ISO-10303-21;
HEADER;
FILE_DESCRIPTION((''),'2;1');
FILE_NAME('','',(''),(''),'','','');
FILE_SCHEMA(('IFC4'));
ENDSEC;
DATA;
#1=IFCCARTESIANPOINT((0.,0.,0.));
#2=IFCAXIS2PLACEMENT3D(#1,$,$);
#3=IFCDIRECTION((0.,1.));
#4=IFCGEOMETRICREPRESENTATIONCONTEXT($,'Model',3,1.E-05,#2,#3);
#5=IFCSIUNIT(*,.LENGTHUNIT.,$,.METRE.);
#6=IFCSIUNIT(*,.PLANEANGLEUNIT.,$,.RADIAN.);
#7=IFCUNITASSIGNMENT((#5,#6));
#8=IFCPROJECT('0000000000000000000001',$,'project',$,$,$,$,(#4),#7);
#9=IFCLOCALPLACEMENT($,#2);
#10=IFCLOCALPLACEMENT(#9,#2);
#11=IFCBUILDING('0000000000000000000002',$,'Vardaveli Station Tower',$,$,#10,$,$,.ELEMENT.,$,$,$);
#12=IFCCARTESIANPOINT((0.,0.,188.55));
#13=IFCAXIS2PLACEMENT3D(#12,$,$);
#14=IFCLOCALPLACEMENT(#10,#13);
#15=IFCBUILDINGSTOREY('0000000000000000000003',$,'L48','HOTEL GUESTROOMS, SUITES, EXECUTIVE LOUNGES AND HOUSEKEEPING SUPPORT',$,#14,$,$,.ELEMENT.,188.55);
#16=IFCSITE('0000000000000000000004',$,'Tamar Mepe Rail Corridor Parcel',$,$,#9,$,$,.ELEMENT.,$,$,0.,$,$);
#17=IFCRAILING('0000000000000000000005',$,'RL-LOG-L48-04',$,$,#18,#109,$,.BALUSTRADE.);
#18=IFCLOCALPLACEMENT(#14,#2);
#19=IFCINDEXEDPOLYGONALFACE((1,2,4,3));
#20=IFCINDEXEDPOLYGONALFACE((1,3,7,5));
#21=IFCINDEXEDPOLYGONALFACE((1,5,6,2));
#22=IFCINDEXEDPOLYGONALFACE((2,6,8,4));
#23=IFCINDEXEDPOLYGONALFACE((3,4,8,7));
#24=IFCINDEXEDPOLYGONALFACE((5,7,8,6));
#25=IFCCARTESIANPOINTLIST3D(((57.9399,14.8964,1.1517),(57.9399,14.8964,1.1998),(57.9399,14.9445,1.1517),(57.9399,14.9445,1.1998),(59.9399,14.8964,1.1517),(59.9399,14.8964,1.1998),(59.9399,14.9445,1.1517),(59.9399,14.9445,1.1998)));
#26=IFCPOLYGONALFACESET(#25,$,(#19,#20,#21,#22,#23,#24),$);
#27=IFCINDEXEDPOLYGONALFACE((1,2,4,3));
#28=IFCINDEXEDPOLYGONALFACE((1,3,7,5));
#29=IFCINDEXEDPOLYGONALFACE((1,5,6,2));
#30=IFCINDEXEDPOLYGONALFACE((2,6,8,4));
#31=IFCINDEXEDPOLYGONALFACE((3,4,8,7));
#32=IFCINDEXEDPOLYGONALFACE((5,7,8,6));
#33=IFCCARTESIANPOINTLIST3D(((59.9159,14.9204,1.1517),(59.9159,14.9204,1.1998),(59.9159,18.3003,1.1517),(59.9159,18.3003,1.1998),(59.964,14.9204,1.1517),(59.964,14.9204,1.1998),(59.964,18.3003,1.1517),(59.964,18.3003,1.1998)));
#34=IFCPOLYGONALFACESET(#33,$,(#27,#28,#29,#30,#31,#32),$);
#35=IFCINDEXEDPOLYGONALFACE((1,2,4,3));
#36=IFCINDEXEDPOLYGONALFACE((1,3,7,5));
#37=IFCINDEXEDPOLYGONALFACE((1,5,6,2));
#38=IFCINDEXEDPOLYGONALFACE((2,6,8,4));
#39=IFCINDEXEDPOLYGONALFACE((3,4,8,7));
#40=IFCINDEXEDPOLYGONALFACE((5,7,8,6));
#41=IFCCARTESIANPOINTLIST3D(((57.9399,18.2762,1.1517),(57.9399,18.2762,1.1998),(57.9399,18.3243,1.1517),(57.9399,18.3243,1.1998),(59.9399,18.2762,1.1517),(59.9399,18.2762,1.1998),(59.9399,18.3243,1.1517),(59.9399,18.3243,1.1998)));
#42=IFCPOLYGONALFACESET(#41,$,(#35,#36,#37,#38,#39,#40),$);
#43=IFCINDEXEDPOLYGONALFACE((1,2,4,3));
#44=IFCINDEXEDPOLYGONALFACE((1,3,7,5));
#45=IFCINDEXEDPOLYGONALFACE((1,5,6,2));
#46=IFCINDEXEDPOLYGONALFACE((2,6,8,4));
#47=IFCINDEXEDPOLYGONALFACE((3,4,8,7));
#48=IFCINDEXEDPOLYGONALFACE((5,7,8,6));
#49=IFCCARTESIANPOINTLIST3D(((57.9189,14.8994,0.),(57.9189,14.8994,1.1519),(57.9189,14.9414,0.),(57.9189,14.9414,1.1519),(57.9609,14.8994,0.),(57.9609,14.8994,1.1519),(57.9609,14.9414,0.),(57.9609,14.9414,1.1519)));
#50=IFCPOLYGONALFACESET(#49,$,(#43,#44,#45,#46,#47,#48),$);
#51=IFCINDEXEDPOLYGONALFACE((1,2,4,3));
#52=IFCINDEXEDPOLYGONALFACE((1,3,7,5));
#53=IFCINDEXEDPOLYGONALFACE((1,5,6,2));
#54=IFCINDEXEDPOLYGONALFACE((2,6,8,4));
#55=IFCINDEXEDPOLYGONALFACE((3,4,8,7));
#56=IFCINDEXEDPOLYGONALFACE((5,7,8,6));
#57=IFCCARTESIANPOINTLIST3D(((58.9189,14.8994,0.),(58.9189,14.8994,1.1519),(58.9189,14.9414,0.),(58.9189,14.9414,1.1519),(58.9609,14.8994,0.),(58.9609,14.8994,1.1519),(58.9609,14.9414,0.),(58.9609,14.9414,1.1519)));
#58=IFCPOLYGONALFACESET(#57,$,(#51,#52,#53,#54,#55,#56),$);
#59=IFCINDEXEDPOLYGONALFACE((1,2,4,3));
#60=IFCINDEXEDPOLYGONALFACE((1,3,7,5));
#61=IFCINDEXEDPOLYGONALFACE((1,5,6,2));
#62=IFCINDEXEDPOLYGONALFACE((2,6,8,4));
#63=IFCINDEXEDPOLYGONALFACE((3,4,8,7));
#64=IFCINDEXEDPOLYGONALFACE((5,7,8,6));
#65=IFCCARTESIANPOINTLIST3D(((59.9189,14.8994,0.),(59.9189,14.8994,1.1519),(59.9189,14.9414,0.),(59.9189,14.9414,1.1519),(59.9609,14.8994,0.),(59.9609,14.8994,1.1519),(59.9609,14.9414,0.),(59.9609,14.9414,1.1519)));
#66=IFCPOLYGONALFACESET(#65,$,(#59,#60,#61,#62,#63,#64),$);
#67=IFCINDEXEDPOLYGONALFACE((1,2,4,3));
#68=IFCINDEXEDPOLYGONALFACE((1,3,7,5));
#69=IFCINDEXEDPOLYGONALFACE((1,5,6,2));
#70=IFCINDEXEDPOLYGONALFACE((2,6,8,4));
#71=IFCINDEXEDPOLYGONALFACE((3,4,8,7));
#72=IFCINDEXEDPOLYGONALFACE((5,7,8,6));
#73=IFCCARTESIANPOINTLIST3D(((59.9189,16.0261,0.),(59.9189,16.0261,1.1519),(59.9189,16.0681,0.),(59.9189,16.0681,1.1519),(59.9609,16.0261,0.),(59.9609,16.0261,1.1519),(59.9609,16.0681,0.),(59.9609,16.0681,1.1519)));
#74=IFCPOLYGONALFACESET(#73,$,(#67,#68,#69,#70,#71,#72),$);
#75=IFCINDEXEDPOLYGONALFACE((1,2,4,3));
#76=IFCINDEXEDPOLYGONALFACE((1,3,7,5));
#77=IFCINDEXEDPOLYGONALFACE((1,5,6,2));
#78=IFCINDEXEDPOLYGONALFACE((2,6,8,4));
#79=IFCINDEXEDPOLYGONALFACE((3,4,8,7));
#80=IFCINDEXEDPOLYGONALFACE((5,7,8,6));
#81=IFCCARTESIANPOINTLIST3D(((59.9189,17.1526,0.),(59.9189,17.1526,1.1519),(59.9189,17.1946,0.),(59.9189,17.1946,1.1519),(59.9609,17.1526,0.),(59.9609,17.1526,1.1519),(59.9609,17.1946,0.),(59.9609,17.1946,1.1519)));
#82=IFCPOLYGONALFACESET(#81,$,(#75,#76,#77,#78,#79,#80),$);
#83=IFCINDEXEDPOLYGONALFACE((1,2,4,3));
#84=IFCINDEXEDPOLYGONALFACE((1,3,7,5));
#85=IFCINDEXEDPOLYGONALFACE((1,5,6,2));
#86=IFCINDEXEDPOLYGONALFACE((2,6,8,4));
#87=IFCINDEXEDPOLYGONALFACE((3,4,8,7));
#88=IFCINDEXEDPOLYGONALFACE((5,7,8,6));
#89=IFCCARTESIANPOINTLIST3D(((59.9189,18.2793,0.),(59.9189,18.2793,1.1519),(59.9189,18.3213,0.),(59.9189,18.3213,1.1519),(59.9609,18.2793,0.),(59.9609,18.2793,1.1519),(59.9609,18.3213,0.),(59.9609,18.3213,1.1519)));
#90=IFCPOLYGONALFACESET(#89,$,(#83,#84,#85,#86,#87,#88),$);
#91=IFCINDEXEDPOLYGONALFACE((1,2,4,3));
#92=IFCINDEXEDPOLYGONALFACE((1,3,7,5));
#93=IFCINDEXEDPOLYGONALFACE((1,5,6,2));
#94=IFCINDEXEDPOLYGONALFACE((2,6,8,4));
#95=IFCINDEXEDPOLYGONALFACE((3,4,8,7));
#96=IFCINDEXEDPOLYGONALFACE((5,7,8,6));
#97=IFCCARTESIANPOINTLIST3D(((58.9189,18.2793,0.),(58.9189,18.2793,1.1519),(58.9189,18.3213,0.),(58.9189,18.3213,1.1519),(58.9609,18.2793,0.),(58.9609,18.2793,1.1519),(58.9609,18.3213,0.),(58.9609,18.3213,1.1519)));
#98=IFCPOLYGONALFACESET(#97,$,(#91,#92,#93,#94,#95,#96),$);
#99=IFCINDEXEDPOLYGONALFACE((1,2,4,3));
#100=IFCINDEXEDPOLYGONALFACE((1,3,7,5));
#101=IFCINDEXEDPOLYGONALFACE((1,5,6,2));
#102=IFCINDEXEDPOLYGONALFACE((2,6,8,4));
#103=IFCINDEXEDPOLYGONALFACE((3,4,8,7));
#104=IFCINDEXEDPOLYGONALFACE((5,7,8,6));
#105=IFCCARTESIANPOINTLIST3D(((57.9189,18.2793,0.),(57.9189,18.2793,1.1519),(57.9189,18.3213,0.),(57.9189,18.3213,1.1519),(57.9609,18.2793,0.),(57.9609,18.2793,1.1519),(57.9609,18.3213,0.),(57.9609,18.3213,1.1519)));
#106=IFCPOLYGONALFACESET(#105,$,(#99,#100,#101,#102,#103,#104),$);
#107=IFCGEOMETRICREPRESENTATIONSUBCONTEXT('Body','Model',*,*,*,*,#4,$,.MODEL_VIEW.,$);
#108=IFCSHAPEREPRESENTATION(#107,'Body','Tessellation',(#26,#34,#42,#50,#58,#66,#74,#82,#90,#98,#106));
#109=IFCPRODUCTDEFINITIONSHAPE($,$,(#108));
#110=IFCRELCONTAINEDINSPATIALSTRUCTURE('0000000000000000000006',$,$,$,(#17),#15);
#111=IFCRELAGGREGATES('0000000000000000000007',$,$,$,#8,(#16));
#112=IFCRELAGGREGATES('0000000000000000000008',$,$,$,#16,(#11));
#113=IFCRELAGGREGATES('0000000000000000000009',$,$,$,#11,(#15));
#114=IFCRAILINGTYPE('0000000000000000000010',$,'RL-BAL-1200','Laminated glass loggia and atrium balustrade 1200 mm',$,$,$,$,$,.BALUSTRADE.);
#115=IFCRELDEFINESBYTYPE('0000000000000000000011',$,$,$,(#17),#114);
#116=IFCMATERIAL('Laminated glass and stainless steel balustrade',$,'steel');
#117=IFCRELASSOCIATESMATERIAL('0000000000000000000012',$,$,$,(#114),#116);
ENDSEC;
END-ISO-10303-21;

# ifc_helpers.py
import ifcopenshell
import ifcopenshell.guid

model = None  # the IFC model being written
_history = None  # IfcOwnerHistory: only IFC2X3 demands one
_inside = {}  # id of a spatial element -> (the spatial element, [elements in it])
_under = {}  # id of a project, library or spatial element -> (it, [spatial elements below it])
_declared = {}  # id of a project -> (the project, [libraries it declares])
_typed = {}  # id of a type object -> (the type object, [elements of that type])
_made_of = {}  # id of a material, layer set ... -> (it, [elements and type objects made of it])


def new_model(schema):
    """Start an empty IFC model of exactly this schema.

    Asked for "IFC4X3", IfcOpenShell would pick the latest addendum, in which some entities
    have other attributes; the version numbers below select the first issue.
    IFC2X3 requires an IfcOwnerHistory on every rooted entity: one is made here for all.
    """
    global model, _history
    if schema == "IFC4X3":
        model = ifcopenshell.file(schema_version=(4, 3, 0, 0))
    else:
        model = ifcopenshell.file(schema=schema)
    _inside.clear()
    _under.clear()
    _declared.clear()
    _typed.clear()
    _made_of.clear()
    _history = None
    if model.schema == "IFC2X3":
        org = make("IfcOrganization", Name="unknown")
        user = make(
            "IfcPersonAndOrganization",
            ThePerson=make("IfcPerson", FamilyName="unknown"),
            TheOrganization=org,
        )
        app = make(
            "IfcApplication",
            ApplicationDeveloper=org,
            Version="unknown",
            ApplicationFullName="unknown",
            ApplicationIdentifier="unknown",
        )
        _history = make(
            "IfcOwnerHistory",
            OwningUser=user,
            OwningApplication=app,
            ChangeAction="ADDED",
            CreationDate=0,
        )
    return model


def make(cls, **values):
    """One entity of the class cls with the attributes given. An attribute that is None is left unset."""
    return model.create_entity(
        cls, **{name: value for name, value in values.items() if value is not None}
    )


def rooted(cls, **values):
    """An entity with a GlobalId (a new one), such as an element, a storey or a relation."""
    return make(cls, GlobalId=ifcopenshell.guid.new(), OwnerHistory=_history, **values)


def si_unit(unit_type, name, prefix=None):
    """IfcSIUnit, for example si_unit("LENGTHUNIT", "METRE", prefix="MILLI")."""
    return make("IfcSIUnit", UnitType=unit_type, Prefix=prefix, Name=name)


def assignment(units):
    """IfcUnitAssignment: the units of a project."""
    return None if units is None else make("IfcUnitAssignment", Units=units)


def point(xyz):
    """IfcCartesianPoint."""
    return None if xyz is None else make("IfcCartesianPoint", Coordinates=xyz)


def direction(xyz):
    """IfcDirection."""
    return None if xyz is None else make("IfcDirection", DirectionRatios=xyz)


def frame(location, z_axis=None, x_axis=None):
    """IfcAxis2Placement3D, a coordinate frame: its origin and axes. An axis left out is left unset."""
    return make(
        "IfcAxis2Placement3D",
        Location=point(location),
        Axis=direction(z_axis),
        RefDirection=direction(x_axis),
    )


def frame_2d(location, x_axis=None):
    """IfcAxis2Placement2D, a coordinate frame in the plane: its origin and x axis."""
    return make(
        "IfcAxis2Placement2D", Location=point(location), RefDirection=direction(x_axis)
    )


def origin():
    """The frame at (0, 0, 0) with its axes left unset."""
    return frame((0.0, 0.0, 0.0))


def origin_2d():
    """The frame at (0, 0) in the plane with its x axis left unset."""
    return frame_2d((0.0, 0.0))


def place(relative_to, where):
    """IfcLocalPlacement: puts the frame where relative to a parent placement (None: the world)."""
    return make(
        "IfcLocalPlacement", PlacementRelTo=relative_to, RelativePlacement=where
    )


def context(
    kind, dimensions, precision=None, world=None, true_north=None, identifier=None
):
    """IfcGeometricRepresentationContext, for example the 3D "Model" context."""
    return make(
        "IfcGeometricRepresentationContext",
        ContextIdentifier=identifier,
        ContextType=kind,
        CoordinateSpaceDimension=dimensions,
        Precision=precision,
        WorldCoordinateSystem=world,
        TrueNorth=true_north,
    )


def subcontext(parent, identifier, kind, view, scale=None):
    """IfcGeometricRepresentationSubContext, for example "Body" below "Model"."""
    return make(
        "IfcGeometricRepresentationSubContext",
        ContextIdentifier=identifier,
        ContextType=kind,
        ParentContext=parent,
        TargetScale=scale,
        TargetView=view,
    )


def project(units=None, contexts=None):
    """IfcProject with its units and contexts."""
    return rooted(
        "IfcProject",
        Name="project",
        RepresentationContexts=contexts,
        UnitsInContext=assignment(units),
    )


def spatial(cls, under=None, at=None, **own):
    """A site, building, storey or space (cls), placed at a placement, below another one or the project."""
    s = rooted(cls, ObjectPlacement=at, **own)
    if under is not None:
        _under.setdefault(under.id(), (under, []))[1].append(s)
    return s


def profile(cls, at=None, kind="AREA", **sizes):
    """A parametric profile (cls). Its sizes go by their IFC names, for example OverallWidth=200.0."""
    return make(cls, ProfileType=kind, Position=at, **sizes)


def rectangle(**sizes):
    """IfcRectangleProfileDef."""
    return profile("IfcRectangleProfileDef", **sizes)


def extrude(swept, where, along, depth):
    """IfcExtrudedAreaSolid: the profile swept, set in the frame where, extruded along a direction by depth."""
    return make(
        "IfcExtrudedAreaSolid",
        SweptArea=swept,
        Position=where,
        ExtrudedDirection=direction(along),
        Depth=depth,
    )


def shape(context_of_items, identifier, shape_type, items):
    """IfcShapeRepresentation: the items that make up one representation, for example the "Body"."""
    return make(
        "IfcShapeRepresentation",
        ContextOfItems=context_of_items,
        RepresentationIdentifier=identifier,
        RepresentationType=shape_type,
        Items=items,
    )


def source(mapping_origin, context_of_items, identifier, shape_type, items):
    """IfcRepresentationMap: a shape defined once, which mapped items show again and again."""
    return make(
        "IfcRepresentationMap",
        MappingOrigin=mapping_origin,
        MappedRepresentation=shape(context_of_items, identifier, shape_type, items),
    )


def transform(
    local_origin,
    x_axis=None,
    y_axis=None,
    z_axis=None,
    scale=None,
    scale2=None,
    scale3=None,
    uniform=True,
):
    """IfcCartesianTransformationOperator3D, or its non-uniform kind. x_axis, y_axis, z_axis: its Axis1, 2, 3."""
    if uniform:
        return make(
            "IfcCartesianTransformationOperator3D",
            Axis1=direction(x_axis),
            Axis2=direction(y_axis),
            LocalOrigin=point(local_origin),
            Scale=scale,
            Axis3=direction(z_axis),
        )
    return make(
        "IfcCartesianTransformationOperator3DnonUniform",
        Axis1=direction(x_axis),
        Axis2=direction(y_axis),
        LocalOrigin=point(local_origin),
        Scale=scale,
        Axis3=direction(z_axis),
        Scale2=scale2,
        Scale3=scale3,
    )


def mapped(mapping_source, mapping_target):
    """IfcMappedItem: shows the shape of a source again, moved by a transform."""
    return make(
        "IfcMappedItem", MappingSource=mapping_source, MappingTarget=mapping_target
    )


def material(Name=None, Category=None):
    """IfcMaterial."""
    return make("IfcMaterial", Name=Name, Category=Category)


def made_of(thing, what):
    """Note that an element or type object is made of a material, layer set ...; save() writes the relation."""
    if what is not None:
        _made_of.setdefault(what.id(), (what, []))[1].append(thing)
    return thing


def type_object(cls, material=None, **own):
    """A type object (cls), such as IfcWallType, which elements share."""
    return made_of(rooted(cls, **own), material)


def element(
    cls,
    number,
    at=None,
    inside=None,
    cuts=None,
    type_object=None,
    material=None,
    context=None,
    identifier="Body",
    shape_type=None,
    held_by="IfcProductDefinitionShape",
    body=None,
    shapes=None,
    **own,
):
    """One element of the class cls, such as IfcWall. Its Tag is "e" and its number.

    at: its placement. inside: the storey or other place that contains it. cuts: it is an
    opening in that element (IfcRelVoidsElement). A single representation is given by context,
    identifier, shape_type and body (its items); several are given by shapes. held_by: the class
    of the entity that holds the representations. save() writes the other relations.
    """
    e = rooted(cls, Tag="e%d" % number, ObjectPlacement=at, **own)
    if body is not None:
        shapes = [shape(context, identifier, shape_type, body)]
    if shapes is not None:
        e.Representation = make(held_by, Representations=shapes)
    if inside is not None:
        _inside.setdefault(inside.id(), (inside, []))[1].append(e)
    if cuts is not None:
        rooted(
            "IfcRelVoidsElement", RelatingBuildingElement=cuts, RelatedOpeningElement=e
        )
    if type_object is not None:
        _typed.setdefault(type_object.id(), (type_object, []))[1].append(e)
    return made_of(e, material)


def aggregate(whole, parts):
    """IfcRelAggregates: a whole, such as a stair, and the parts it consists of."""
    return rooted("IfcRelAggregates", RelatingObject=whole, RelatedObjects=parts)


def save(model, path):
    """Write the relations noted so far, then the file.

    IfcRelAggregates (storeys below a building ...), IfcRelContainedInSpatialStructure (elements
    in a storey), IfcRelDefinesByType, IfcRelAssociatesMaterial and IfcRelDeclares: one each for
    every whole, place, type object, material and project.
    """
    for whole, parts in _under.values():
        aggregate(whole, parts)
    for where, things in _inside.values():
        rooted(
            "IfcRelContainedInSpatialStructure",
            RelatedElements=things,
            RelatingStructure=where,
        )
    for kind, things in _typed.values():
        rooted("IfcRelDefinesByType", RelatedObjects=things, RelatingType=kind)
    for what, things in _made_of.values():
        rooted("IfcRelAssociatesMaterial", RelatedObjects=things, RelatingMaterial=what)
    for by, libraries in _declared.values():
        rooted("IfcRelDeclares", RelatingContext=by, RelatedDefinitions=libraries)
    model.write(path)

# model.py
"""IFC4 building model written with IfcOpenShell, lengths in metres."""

from ifc_helpers import new_model, si_unit, direction, frame, origin, origin_2d, place, context, subcontext, project, spatial, rectangle, extrude, source, transform, mapped, material, type_object, element, save


model = new_model("IFC4")

# Units and contexts
model_context = context("Model", 3, precision=1e-05, world=origin(), true_north=direction((0.0, 1.0)))
body_context = subcontext(model_context, "Body", "Model", "MODEL_VIEW")
ifc_project = project(units=[si_unit("LENGTHUNIT", "METRE"), si_unit("PLANEANGLEUNIT", "RADIAN")], contexts=[model_context])

# Site, building, storey
site_placement = place(None, origin())
site = spatial("IfcSite", under=ifc_project, at=site_placement, Name="Tamar Mepe Rail Corridor Parcel", CompositionType="ELEMENT", RefElevation=0.0)
building_placement = place(site_placement, origin())
building = spatial("IfcBuilding", under=site, at=building_placement, Name="Vardaveli Station Tower", CompositionType="ELEMENT")
storey_placement = place(building_placement, frame((0.0, 0.0, 188.55)))
storey = spatial("IfcBuildingStorey", under=building, at=storey_placement, Name="L48", Description="HOTEL GUESTROOMS, SUITES, EXECUTIVE LOUNGES AND HOUSEKEEPING SUPPORT", CompositionType="ELEMENT", Elevation=188.55)

# Railing
ifc_material_1 = material(Name="Laminated glass and stainless steel balustrade", Category="steel")
railing_type = type_object("IfcRailingType", Name="RL-BAL-1200", Description="Laminated glass loggia and atrium balustrade 1200 mm", PredefinedType="BALUSTRADE", material=ifc_material_1)
shared_shape_1 = source(origin(), body_context, "Body", "SweptSolid", [
    extrude(rectangle(XDim=0.0481, YDim=0.0481, at=origin_2d()), frame((0.0, 0.0, 1.1758), z_axis=(1.0, 0.0, 0.0), x_axis=(0.0, 1.0, 0.0)), (0.0, 0.0, 1.0), 2.0),
    extrude(rectangle(XDim=0.0481, YDim=0.0481, at=origin_2d()), frame((2.0, 0.0, 1.1758), z_axis=(0.0, 1.0, 0.0), x_axis=(-1.0, 0.0, 0.0)), (0.0, 0.0, 1.0), 3.3799),
    extrude(rectangle(XDim=0.0481, YDim=0.0481, at=origin_2d()), frame((2.0, 3.3799, 1.1758), z_axis=(-1.0, 0.0, 0.0), x_axis=(0.0, -1.0, 0.0)), (0.0, 0.0, 1.0), 2.0),
    extrude(rectangle(XDim=0.042, YDim=0.042, at=origin_2d()), origin(), (0.0, 0.0, 1.0), 1.1519),
    extrude(rectangle(XDim=0.042, YDim=0.042, at=origin_2d()), frame((1.0, 0.0, 0.0)), (0.0, 0.0, 1.0), 1.1519),
    extrude(rectangle(XDim=0.042, YDim=0.042, at=origin_2d()), frame((2.0, 0.0, 0.0)), (0.0, 0.0, 1.0), 1.1519),
    extrude(rectangle(XDim=0.042, YDim=0.042, at=origin_2d()), frame((2.0, 1.1267, 0.0)), (0.0, 0.0, 1.0), 1.1519),
    extrude(rectangle(XDim=0.042, YDim=0.042, at=origin_2d()), frame((2.0, 2.2532, 0.0)), (0.0, 0.0, 1.0), 1.1519),
    extrude(rectangle(XDim=0.042, YDim=0.042, at=origin_2d()), frame((2.0, 3.3799, 0.0)), (0.0, 0.0, 1.0), 1.1519),
    extrude(rectangle(XDim=0.042, YDim=0.042, at=origin_2d()), frame((1.0, 3.3799, 0.0)), (0.0, 0.0, 1.0), 1.1519),
    extrude(rectangle(XDim=0.042, YDim=0.042, at=origin_2d()), frame((0.0, 3.3799, 0.0)), (0.0, 0.0, 1.0), 1.1519),
])
railing_placement = place(storey_placement, frame((57.9399, 14.9204, 0.0)))
element("IfcRailing", 1, at=railing_placement, inside=storey, type_object=railing_type, Name="RL-LOG-L48-04", PredefinedType="BALUSTRADE", context=body_context, shape_type="MappedRepresentation", body=[
    mapped(shared_shape_1, transform((0.0, 0.0, 0.0), scale=1.0)),
])

save(model, "model.ifc")
